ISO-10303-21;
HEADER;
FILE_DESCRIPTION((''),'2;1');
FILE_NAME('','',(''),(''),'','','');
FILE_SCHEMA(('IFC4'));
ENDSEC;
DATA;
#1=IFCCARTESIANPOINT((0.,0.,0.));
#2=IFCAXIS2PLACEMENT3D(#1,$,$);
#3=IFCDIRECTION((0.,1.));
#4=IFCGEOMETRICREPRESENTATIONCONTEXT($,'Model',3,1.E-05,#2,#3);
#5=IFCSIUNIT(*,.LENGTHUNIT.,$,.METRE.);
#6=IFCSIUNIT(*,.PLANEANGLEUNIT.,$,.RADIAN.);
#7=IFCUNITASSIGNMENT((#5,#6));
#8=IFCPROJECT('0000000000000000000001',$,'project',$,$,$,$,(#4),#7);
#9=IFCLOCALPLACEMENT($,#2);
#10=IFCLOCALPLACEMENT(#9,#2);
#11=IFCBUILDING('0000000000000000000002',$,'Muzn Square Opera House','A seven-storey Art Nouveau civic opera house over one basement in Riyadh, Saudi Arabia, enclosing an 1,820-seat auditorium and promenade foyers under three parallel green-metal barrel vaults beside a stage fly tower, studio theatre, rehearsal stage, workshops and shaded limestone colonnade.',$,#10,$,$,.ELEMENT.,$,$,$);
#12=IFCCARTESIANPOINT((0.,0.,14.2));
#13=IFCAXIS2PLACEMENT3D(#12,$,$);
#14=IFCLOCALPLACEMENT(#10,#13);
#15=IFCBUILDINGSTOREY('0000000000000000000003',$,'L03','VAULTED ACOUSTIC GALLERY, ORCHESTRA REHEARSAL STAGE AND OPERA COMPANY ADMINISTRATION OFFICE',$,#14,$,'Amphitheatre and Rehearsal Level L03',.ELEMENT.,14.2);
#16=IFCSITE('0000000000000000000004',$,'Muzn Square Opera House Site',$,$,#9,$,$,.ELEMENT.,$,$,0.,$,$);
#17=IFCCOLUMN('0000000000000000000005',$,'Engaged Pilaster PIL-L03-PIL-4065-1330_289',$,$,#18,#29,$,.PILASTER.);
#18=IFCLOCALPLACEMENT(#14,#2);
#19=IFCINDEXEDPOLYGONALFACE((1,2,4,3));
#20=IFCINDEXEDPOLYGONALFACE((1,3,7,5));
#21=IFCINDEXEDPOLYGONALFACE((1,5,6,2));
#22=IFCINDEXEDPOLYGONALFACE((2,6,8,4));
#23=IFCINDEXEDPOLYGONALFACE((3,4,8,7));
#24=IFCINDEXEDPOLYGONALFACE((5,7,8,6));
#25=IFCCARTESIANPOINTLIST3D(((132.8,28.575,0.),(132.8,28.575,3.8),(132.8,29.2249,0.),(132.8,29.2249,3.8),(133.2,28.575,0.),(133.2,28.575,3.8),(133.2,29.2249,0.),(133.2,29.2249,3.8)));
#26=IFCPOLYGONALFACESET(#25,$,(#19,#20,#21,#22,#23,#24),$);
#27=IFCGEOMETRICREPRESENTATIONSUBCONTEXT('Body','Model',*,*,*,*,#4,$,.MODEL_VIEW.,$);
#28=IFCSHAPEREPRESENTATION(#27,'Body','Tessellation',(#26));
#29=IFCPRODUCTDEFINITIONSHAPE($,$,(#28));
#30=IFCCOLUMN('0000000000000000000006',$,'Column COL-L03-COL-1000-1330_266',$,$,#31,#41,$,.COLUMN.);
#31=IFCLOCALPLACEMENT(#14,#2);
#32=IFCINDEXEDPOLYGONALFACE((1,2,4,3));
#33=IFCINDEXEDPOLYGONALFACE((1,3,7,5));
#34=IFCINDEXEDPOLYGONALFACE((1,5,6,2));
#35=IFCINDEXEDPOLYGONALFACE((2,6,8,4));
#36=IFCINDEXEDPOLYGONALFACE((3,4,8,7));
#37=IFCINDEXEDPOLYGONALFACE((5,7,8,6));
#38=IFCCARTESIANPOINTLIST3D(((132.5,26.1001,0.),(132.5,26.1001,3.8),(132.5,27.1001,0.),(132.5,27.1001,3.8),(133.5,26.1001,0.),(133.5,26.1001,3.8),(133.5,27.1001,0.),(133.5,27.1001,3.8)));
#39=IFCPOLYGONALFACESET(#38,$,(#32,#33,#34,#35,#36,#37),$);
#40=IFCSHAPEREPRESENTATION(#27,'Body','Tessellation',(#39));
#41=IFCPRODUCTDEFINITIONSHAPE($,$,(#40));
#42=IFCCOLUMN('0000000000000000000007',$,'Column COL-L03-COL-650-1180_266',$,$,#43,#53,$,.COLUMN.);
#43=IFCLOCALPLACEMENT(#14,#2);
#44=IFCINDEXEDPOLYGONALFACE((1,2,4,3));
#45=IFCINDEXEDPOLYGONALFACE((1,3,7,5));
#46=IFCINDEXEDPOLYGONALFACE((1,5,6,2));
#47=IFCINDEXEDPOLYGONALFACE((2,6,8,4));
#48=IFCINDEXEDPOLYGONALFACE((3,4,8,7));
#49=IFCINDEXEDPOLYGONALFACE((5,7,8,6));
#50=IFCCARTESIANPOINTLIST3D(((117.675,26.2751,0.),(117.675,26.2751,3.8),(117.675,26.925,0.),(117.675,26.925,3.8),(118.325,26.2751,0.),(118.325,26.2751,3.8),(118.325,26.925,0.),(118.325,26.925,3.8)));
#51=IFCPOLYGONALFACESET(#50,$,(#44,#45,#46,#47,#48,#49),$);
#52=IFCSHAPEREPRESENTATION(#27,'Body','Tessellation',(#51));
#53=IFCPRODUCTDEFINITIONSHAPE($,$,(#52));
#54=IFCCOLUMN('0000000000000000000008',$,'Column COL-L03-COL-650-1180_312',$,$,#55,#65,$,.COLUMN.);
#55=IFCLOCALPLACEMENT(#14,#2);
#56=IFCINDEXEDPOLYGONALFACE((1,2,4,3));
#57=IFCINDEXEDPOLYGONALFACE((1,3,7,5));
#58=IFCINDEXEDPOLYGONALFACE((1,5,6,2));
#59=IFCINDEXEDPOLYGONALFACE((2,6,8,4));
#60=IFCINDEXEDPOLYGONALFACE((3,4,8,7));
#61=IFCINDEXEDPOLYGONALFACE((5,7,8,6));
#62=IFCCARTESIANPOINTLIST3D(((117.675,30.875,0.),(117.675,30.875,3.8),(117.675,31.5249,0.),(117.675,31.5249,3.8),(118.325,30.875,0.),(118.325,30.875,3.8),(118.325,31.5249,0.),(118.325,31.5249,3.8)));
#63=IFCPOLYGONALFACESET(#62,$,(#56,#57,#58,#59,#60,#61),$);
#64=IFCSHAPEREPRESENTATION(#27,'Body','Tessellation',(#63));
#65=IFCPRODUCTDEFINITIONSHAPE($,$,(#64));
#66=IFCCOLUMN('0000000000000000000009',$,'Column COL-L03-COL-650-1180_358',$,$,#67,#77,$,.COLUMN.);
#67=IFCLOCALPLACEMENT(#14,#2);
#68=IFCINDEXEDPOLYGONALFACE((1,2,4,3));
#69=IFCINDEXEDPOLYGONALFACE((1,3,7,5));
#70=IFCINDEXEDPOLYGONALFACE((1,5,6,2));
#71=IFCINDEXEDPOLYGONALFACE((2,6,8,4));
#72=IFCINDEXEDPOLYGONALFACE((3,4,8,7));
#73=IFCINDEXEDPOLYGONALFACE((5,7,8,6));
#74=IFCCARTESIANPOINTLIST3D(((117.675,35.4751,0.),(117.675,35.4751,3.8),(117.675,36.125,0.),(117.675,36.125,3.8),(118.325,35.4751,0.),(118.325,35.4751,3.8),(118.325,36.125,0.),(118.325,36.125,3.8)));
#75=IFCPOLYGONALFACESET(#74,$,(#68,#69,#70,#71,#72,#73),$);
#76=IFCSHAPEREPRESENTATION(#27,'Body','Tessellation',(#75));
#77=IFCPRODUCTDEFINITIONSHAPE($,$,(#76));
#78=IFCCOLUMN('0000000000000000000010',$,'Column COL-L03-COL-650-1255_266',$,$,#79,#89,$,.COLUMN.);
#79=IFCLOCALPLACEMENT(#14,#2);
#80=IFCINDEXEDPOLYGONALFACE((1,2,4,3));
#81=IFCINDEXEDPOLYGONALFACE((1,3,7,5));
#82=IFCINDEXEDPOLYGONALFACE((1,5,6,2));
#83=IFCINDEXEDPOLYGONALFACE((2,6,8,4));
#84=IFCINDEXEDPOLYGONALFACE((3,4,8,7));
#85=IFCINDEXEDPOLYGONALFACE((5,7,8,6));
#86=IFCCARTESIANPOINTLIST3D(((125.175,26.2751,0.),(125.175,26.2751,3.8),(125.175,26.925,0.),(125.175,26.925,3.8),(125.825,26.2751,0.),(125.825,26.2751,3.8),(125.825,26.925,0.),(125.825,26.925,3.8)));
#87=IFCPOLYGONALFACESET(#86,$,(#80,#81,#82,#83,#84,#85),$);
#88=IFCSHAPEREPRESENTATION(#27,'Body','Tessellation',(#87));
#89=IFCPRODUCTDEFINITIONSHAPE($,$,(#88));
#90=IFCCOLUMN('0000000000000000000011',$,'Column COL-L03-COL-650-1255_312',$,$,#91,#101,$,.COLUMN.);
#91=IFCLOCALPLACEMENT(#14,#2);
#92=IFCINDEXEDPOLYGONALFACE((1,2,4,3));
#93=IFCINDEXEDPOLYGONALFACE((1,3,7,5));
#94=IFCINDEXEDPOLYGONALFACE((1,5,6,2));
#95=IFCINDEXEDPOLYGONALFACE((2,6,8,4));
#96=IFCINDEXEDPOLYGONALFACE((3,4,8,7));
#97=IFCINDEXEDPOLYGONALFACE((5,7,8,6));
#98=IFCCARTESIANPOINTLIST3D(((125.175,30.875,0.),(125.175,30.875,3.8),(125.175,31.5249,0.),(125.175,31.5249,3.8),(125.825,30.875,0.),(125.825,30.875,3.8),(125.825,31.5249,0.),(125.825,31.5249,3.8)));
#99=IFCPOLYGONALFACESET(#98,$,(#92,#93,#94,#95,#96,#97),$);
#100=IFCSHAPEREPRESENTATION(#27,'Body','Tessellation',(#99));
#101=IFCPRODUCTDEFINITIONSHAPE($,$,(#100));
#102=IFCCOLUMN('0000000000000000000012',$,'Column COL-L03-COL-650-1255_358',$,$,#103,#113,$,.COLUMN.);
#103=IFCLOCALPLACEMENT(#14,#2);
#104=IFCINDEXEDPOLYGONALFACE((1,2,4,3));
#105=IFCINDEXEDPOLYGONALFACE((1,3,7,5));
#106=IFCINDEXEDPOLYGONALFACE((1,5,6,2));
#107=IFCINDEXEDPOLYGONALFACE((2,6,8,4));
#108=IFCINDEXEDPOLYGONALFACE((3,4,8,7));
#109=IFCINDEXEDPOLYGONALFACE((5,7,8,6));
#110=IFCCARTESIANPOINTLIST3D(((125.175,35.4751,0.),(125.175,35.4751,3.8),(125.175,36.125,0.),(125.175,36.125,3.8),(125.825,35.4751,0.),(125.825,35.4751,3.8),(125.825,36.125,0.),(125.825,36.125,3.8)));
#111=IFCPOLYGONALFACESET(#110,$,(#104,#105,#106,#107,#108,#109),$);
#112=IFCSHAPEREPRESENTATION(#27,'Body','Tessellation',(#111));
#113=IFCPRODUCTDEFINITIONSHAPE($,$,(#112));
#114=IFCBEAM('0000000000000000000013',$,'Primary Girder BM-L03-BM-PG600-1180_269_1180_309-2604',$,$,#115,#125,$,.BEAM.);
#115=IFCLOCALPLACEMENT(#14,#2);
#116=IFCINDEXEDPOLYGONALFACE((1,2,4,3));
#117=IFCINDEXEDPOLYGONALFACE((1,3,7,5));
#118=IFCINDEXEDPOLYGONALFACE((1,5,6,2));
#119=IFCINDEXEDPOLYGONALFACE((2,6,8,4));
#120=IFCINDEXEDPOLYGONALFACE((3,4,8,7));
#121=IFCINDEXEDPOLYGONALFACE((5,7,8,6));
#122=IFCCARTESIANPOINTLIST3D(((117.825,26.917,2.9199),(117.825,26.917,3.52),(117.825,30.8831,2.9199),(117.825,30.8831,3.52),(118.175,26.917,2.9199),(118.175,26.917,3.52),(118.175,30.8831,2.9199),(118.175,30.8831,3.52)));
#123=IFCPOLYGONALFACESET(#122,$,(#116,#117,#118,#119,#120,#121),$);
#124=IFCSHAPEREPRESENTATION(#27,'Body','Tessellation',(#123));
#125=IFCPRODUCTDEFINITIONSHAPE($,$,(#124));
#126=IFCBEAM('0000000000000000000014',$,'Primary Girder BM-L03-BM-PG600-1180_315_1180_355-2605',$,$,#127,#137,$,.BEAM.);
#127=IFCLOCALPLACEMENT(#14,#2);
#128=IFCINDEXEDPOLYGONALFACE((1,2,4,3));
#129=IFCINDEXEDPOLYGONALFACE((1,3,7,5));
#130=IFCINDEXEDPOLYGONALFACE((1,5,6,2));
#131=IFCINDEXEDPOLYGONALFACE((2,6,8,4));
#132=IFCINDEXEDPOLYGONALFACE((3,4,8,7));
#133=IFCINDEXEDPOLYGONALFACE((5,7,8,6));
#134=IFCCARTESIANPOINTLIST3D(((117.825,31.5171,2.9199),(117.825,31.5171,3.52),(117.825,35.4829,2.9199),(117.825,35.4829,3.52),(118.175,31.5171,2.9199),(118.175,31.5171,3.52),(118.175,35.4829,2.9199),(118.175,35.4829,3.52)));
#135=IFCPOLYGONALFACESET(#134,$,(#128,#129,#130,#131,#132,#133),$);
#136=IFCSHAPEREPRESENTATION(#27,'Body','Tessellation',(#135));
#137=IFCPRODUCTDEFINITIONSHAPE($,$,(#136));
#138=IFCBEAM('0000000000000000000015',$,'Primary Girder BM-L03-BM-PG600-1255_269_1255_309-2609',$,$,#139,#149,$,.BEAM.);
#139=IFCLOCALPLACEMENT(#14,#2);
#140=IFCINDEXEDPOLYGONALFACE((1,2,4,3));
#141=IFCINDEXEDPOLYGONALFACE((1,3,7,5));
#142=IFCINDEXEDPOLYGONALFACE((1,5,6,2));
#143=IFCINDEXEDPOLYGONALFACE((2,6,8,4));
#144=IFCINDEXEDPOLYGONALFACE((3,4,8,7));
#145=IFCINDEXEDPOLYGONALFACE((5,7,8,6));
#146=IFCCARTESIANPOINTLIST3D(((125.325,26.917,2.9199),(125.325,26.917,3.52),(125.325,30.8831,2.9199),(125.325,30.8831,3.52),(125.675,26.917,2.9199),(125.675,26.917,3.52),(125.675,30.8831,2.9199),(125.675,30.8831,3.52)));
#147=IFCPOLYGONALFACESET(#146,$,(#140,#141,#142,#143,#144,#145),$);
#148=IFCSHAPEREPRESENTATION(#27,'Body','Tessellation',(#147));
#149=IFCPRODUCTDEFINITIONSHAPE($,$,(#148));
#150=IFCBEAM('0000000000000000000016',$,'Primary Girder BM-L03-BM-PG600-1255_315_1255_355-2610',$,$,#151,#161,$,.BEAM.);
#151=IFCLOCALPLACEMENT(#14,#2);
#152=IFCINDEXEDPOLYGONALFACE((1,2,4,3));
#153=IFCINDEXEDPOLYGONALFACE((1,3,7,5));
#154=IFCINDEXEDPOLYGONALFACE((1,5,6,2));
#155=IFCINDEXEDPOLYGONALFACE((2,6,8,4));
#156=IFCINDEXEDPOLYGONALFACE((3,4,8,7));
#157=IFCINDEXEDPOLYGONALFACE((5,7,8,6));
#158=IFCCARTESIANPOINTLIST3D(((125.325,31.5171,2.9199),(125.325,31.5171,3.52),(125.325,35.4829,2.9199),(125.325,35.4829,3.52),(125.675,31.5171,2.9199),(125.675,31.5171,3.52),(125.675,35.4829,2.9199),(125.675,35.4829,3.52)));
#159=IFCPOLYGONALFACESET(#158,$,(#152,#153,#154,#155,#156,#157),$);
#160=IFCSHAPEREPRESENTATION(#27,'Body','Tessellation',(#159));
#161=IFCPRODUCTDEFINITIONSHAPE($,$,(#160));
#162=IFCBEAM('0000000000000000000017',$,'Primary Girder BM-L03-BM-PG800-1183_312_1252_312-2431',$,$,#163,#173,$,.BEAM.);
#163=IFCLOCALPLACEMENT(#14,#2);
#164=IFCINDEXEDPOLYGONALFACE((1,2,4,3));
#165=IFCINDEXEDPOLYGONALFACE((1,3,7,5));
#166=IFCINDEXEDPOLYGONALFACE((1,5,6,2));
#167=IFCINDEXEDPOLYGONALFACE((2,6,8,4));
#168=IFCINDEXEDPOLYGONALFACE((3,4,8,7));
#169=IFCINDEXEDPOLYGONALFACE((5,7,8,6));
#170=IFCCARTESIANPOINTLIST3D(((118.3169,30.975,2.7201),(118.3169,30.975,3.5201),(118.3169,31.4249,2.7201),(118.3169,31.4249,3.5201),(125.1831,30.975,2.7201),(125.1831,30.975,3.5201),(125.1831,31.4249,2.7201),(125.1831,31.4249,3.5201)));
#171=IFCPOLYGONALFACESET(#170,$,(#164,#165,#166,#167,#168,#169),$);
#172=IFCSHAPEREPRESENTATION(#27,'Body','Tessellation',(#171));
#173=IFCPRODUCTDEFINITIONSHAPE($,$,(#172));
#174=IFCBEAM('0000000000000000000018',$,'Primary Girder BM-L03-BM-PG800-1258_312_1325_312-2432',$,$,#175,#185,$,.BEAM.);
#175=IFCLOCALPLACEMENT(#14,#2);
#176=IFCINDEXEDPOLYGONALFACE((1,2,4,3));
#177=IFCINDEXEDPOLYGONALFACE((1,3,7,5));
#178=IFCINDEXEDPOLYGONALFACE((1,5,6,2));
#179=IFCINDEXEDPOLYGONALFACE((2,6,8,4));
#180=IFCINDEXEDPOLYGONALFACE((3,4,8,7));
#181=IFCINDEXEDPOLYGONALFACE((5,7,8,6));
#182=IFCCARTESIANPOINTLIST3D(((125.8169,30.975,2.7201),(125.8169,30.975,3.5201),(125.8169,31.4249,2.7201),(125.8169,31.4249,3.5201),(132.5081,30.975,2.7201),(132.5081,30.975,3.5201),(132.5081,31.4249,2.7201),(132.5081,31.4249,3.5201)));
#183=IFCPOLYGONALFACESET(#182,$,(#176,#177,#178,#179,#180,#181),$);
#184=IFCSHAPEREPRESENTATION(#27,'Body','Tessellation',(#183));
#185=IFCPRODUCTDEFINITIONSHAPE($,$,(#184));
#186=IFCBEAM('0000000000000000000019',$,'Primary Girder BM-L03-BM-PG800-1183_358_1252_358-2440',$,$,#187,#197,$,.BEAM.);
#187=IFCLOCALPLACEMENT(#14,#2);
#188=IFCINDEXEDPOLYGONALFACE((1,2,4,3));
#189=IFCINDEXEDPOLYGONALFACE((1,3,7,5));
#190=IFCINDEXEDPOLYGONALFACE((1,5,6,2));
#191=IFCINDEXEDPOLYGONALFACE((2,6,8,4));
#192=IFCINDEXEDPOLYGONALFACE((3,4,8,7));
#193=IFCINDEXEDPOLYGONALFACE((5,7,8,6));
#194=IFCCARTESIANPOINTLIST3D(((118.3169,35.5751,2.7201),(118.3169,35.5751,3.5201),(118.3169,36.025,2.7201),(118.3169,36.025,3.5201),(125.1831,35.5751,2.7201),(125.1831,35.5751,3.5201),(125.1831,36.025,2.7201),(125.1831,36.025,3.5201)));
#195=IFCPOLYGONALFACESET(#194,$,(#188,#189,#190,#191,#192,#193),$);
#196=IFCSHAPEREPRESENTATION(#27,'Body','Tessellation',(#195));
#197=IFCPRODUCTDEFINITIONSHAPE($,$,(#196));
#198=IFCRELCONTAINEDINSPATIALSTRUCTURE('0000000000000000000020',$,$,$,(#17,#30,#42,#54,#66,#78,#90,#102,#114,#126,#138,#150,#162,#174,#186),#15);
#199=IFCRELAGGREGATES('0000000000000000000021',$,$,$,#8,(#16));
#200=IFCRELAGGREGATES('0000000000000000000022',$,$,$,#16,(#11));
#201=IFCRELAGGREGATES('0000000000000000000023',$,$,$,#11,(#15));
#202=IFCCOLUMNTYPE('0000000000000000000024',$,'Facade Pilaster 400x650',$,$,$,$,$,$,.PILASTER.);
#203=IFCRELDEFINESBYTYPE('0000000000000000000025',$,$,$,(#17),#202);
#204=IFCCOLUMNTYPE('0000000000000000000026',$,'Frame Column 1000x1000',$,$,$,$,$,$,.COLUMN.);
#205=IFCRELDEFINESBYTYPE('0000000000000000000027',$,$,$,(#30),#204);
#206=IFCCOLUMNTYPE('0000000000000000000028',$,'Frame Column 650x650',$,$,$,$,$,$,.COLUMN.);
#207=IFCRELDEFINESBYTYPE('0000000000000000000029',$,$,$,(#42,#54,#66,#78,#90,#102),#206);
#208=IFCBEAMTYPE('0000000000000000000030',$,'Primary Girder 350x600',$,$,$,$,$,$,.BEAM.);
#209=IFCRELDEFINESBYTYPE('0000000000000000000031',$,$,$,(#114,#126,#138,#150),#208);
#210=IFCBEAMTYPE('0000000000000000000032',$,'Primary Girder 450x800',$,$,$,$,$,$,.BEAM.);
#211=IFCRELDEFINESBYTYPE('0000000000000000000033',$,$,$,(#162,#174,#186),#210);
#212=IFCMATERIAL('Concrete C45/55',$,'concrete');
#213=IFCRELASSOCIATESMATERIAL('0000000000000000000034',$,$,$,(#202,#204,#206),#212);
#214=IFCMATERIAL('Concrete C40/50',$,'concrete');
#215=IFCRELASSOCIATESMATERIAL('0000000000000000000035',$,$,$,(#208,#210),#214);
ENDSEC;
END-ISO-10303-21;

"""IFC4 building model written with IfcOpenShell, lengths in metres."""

from ifc_helpers import new_model, si_unit, direction, frame, origin, origin_2d, place, context, subcontext, project, spatial, rectangle, extrude, material, material_profile, profile_set, type_object, element, save


model = new_model("IFC4")

# Units and contexts
model_context = context("Model", 3, precision=1e-05, world=origin(), true_north=direction((0.0, 1.0)))
body_context = subcontext(model_context, "Body", "Model", "MODEL_VIEW")
ifc_project = project(units=[si_unit("LENGTHUNIT", "METRE"), si_unit("PLANEANGLEUNIT", "RADIAN")], contexts=[model_context])

# Site, building, storey
site_placement = place(None, origin())
site = spatial("IfcSite", under=ifc_project, at=site_placement, Name="Muzn Square Opera House Site", CompositionType="ELEMENT", RefElevation=0.0)
building_placement = place(site_placement, origin())
building = spatial("IfcBuilding", under=site, at=building_placement, Name="Muzn Square Opera House", Description="A seven-storey Art Nouveau civic opera house over one basement in Riyadh, Saudi Arabia, enclosing an 1,820-seat auditorium and promenade foyers under three parallel green-metal barrel vaults beside a stage fly tower, studio theatre, rehearsal stage, workshops and shaded limestone colonnade.", CompositionType="ELEMENT")
storey_placement = place(building_placement, frame((0.0, 0.0, 14.2)))
storey = spatial("IfcBuildingStorey", under=building, at=storey_placement, Name="L03", Description="VAULTED ACOUSTIC GALLERY, ORCHESTRA REHEARSAL STAGE AND OPERA COMPANY ADMINISTRATION OFFICE", LongName="Amphitheatre and Rehearsal Level L03", CompositionType="ELEMENT", Elevation=14.2)

# Columns
ifc_material_1 = material(Name="Concrete C45/55", Category="concrete")
ifc_material_profile_1 = material_profile(ifc_material_1, rectangle(XDim=0.3999, YDim=0.6499, at=origin_2d()), Name="RC 400x650", Category="concrete")
ifc_profile_set_1 = profile_set([ifc_material_profile_1], Name="Concrete C45/55")
column_type_1 = type_object("IfcColumnType", Name="Facade Pilaster 400x650", PredefinedType="PILASTER", material=ifc_profile_set_1)
column_1_placement = place(storey_placement, frame((133.0, 28.8999, 0.0), z_axis=(0.0, 0.0, 1.0), x_axis=(1.0, 0.0, 0.0)))
element("IfcColumn", 1, at=column_1_placement, inside=storey, type_object=column_type_1, Name="Engaged Pilaster PIL-L03-PIL-4065-1330_289", PredefinedType="PILASTER", context=body_context, shape_type="SweptSolid", body=[
    extrude(rectangle(XDim=0.3999, YDim=0.6499, at=origin_2d()), origin(), (0.0, 0.0, 1.0), 3.8),
])
ifc_material_profile_2 = material_profile(ifc_material_1, rectangle(XDim=1.0, YDim=1.0, at=origin_2d()), Name="RC 1000x1000", Category="concrete")
ifc_profile_set_2 = profile_set([ifc_material_profile_2], Name="Concrete C45/55")
column_type_2 = type_object("IfcColumnType", Name="Frame Column 1000x1000", PredefinedType="COLUMN", material=ifc_profile_set_2)
column_2_placement = place(storey_placement, frame((133.0, 26.6001, 0.0), z_axis=(0.0, 0.0, 1.0), x_axis=(1.0, 0.0, 0.0)))
element("IfcColumn", 2, at=column_2_placement, inside=storey, type_object=column_type_2, Name="Column COL-L03-COL-1000-1330_266", PredefinedType="COLUMN", context=body_context, shape_type="SweptSolid", body=[
    extrude(rectangle(XDim=1.0, YDim=1.0, at=origin_2d()), origin(), (0.0, 0.0, 1.0), 3.8),
])
ifc_material_profile_3 = material_profile(ifc_material_1, rectangle(XDim=0.6499, YDim=0.6499, at=origin_2d()), Name="RC 650x650", Category="concrete")
ifc_profile_set_3 = profile_set([ifc_material_profile_3], Name="Concrete C45/55")
column_type_3 = type_object("IfcColumnType", Name="Frame Column 650x650", PredefinedType="COLUMN", material=ifc_profile_set_3)
for number, where, z_axis, x_axis, name in (
    (3, (118.0, 26.6001, 0.0), (0.0, 0.0, 1.0), (1.0, 0.0, 0.0), "Column COL-L03-COL-650-1180_266"),
    (4, (118.0, 31.2, 0.0), (0.0, 0.0, 1.0), (1.0, 0.0, 0.0), "Column COL-L03-COL-650-1180_312"),
    (5, (118.0, 35.8, 0.0), (0.0, 0.0, 1.0), (1.0, 0.0, 0.0), "Column COL-L03-COL-650-1180_358"),
    (6, (125.5, 26.6001, 0.0), (0.0, 0.0, 1.0), (1.0, 0.0, 0.0), "Column COL-L03-COL-650-1255_266"),
    (7, (125.5, 31.2, 0.0), (0.0, 0.0, 1.0), (1.0, 0.0, 0.0), "Column COL-L03-COL-650-1255_312"),
    (8, (125.5, 35.8, 0.0), (0.0, 0.0, 1.0), (1.0, 0.0, 0.0), "Column COL-L03-COL-650-1255_358"),
):
    element("IfcColumn", number, at=place(storey_placement, frame(where, z_axis=z_axis, x_axis=x_axis)), inside=storey, type_object=column_type_3, Name=name, PredefinedType="COLUMN", context=body_context, shape_type="SweptSolid", body=[
        extrude(rectangle(XDim=0.6499, YDim=0.6499, at=origin_2d()), origin(), (0.0, 0.0, 1.0), 3.8),
    ])

# Beams
ifc_material_2 = material(Name="Concrete C40/50", Category="concrete")
ifc_material_profile_4 = material_profile(ifc_material_2, rectangle(XDim=0.3501, YDim=0.6001, at=origin_2d()), Name="RCB 350x600", Category="concrete")
ifc_profile_set_4 = profile_set([ifc_material_profile_4], Name="Concrete C40/50")
beam_type_1 = type_object("IfcBeamType", Name="Primary Girder 350x600", PredefinedType="BEAM", material=ifc_profile_set_4)
beam_1_placement = place(storey_placement, frame((118.0, 26.917, 3.22), z_axis=(0.0, 1.0, 0.0), x_axis=(-1.0, 0.0, 0.0)))
element("IfcBeam", 9, at=beam_1_placement, inside=storey, type_object=beam_type_1, Name="Primary Girder BM-L03-BM-PG600-1180_269_1180_309-2604", PredefinedType="BEAM", context=body_context, shape_type="SweptSolid", body=[
    extrude(rectangle(XDim=0.3501, YDim=0.6001, at=origin_2d()), origin(), (0.0, 0.0, 1.0), 3.9661),
])
beam_2_placement = place(storey_placement, frame((118.0, 31.5171, 3.22), z_axis=(0.0, 1.0, 0.0), x_axis=(-1.0, 0.0, 0.0)))
element("IfcBeam", 10, at=beam_2_placement, inside=storey, type_object=beam_type_1, Name="Primary Girder BM-L03-BM-PG600-1180_315_1180_355-2605", PredefinedType="BEAM", context=body_context, shape_type="SweptSolid", body=[
    extrude(rectangle(XDim=0.3501, YDim=0.6001, at=origin_2d()), origin(), (0.0, 0.0, 1.0), 3.9658),
])
beam_3_placement = place(storey_placement, frame((125.5, 26.917, 3.22), z_axis=(0.0, 1.0, 0.0), x_axis=(-1.0, 0.0, 0.0)))
element("IfcBeam", 11, at=beam_3_placement, inside=storey, type_object=beam_type_1, Name="Primary Girder BM-L03-BM-PG600-1255_269_1255_309-2609", PredefinedType="BEAM", context=body_context, shape_type="SweptSolid", body=[
    extrude(rectangle(XDim=0.3501, YDim=0.6001, at=origin_2d()), origin(), (0.0, 0.0, 1.0), 3.9661),
])
beam_4_placement = place(storey_placement, frame((125.5, 31.5171, 3.22), z_axis=(0.0, 1.0, 0.0), x_axis=(-1.0, 0.0, 0.0)))
element("IfcBeam", 12, at=beam_4_placement, inside=storey, type_object=beam_type_1, Name="Primary Girder BM-L03-BM-PG600-1255_315_1255_355-2610", PredefinedType="BEAM", context=body_context, shape_type="SweptSolid", body=[
    extrude(rectangle(XDim=0.3501, YDim=0.6001, at=origin_2d()), origin(), (0.0, 0.0, 1.0), 3.9658),
])
ifc_material_profile_5 = material_profile(ifc_material_2, rectangle(XDim=0.45, YDim=0.8, at=origin_2d()), Name="RCB 450x800", Category="concrete")
ifc_profile_set_5 = profile_set([ifc_material_profile_5], Name="Concrete C40/50")
beam_type_2 = type_object("IfcBeamType", Name="Primary Girder 450x800", PredefinedType="BEAM", material=ifc_profile_set_5)
beam_5_placement = place(storey_placement, frame((118.3169, 31.2, 3.1201), z_axis=(1.0, 0.0, 0.0), x_axis=(0.0, 1.0, 0.0)))
element("IfcBeam", 13, at=beam_5_placement, inside=storey, type_object=beam_type_2, Name="Primary Girder BM-L03-BM-PG800-1183_312_1252_312-2431", PredefinedType="BEAM", context=body_context, shape_type="SweptSolid", body=[
    extrude(rectangle(XDim=0.45, YDim=0.8, at=origin_2d()), origin(), (0.0, 0.0, 1.0), 6.8662),
])
beam_6_placement = place(storey_placement, frame((125.8169, 31.2, 3.1201), z_axis=(1.0, 0.0, 0.0), x_axis=(0.0, 1.0, 0.0)))
element("IfcBeam", 14, at=beam_6_placement, inside=storey, type_object=beam_type_2, Name="Primary Girder BM-L03-BM-PG800-1258_312_1325_312-2432", PredefinedType="BEAM", context=body_context, shape_type="SweptSolid", body=[
    extrude(rectangle(XDim=0.45, YDim=0.8, at=origin_2d()), origin(), (0.0, 0.0, 1.0), 6.6912),
])
beam_7_placement = place(storey_placement, frame((118.3169, 35.8, 3.1201), z_axis=(1.0, 0.0, 0.0), x_axis=(0.0, 1.0, 0.0)))
element("IfcBeam", 15, at=beam_7_placement, inside=storey, type_object=beam_type_2, Name="Primary Girder BM-L03-BM-PG800-1183_358_1252_358-2440", PredefinedType="BEAM", context=body_context, shape_type="SweptSolid", body=[
    extrude(rectangle(XDim=0.45, YDim=0.8, at=origin_2d()), origin(), (0.0, 0.0, 1.0), 6.8662),
])

save(model, "model.ifc")
